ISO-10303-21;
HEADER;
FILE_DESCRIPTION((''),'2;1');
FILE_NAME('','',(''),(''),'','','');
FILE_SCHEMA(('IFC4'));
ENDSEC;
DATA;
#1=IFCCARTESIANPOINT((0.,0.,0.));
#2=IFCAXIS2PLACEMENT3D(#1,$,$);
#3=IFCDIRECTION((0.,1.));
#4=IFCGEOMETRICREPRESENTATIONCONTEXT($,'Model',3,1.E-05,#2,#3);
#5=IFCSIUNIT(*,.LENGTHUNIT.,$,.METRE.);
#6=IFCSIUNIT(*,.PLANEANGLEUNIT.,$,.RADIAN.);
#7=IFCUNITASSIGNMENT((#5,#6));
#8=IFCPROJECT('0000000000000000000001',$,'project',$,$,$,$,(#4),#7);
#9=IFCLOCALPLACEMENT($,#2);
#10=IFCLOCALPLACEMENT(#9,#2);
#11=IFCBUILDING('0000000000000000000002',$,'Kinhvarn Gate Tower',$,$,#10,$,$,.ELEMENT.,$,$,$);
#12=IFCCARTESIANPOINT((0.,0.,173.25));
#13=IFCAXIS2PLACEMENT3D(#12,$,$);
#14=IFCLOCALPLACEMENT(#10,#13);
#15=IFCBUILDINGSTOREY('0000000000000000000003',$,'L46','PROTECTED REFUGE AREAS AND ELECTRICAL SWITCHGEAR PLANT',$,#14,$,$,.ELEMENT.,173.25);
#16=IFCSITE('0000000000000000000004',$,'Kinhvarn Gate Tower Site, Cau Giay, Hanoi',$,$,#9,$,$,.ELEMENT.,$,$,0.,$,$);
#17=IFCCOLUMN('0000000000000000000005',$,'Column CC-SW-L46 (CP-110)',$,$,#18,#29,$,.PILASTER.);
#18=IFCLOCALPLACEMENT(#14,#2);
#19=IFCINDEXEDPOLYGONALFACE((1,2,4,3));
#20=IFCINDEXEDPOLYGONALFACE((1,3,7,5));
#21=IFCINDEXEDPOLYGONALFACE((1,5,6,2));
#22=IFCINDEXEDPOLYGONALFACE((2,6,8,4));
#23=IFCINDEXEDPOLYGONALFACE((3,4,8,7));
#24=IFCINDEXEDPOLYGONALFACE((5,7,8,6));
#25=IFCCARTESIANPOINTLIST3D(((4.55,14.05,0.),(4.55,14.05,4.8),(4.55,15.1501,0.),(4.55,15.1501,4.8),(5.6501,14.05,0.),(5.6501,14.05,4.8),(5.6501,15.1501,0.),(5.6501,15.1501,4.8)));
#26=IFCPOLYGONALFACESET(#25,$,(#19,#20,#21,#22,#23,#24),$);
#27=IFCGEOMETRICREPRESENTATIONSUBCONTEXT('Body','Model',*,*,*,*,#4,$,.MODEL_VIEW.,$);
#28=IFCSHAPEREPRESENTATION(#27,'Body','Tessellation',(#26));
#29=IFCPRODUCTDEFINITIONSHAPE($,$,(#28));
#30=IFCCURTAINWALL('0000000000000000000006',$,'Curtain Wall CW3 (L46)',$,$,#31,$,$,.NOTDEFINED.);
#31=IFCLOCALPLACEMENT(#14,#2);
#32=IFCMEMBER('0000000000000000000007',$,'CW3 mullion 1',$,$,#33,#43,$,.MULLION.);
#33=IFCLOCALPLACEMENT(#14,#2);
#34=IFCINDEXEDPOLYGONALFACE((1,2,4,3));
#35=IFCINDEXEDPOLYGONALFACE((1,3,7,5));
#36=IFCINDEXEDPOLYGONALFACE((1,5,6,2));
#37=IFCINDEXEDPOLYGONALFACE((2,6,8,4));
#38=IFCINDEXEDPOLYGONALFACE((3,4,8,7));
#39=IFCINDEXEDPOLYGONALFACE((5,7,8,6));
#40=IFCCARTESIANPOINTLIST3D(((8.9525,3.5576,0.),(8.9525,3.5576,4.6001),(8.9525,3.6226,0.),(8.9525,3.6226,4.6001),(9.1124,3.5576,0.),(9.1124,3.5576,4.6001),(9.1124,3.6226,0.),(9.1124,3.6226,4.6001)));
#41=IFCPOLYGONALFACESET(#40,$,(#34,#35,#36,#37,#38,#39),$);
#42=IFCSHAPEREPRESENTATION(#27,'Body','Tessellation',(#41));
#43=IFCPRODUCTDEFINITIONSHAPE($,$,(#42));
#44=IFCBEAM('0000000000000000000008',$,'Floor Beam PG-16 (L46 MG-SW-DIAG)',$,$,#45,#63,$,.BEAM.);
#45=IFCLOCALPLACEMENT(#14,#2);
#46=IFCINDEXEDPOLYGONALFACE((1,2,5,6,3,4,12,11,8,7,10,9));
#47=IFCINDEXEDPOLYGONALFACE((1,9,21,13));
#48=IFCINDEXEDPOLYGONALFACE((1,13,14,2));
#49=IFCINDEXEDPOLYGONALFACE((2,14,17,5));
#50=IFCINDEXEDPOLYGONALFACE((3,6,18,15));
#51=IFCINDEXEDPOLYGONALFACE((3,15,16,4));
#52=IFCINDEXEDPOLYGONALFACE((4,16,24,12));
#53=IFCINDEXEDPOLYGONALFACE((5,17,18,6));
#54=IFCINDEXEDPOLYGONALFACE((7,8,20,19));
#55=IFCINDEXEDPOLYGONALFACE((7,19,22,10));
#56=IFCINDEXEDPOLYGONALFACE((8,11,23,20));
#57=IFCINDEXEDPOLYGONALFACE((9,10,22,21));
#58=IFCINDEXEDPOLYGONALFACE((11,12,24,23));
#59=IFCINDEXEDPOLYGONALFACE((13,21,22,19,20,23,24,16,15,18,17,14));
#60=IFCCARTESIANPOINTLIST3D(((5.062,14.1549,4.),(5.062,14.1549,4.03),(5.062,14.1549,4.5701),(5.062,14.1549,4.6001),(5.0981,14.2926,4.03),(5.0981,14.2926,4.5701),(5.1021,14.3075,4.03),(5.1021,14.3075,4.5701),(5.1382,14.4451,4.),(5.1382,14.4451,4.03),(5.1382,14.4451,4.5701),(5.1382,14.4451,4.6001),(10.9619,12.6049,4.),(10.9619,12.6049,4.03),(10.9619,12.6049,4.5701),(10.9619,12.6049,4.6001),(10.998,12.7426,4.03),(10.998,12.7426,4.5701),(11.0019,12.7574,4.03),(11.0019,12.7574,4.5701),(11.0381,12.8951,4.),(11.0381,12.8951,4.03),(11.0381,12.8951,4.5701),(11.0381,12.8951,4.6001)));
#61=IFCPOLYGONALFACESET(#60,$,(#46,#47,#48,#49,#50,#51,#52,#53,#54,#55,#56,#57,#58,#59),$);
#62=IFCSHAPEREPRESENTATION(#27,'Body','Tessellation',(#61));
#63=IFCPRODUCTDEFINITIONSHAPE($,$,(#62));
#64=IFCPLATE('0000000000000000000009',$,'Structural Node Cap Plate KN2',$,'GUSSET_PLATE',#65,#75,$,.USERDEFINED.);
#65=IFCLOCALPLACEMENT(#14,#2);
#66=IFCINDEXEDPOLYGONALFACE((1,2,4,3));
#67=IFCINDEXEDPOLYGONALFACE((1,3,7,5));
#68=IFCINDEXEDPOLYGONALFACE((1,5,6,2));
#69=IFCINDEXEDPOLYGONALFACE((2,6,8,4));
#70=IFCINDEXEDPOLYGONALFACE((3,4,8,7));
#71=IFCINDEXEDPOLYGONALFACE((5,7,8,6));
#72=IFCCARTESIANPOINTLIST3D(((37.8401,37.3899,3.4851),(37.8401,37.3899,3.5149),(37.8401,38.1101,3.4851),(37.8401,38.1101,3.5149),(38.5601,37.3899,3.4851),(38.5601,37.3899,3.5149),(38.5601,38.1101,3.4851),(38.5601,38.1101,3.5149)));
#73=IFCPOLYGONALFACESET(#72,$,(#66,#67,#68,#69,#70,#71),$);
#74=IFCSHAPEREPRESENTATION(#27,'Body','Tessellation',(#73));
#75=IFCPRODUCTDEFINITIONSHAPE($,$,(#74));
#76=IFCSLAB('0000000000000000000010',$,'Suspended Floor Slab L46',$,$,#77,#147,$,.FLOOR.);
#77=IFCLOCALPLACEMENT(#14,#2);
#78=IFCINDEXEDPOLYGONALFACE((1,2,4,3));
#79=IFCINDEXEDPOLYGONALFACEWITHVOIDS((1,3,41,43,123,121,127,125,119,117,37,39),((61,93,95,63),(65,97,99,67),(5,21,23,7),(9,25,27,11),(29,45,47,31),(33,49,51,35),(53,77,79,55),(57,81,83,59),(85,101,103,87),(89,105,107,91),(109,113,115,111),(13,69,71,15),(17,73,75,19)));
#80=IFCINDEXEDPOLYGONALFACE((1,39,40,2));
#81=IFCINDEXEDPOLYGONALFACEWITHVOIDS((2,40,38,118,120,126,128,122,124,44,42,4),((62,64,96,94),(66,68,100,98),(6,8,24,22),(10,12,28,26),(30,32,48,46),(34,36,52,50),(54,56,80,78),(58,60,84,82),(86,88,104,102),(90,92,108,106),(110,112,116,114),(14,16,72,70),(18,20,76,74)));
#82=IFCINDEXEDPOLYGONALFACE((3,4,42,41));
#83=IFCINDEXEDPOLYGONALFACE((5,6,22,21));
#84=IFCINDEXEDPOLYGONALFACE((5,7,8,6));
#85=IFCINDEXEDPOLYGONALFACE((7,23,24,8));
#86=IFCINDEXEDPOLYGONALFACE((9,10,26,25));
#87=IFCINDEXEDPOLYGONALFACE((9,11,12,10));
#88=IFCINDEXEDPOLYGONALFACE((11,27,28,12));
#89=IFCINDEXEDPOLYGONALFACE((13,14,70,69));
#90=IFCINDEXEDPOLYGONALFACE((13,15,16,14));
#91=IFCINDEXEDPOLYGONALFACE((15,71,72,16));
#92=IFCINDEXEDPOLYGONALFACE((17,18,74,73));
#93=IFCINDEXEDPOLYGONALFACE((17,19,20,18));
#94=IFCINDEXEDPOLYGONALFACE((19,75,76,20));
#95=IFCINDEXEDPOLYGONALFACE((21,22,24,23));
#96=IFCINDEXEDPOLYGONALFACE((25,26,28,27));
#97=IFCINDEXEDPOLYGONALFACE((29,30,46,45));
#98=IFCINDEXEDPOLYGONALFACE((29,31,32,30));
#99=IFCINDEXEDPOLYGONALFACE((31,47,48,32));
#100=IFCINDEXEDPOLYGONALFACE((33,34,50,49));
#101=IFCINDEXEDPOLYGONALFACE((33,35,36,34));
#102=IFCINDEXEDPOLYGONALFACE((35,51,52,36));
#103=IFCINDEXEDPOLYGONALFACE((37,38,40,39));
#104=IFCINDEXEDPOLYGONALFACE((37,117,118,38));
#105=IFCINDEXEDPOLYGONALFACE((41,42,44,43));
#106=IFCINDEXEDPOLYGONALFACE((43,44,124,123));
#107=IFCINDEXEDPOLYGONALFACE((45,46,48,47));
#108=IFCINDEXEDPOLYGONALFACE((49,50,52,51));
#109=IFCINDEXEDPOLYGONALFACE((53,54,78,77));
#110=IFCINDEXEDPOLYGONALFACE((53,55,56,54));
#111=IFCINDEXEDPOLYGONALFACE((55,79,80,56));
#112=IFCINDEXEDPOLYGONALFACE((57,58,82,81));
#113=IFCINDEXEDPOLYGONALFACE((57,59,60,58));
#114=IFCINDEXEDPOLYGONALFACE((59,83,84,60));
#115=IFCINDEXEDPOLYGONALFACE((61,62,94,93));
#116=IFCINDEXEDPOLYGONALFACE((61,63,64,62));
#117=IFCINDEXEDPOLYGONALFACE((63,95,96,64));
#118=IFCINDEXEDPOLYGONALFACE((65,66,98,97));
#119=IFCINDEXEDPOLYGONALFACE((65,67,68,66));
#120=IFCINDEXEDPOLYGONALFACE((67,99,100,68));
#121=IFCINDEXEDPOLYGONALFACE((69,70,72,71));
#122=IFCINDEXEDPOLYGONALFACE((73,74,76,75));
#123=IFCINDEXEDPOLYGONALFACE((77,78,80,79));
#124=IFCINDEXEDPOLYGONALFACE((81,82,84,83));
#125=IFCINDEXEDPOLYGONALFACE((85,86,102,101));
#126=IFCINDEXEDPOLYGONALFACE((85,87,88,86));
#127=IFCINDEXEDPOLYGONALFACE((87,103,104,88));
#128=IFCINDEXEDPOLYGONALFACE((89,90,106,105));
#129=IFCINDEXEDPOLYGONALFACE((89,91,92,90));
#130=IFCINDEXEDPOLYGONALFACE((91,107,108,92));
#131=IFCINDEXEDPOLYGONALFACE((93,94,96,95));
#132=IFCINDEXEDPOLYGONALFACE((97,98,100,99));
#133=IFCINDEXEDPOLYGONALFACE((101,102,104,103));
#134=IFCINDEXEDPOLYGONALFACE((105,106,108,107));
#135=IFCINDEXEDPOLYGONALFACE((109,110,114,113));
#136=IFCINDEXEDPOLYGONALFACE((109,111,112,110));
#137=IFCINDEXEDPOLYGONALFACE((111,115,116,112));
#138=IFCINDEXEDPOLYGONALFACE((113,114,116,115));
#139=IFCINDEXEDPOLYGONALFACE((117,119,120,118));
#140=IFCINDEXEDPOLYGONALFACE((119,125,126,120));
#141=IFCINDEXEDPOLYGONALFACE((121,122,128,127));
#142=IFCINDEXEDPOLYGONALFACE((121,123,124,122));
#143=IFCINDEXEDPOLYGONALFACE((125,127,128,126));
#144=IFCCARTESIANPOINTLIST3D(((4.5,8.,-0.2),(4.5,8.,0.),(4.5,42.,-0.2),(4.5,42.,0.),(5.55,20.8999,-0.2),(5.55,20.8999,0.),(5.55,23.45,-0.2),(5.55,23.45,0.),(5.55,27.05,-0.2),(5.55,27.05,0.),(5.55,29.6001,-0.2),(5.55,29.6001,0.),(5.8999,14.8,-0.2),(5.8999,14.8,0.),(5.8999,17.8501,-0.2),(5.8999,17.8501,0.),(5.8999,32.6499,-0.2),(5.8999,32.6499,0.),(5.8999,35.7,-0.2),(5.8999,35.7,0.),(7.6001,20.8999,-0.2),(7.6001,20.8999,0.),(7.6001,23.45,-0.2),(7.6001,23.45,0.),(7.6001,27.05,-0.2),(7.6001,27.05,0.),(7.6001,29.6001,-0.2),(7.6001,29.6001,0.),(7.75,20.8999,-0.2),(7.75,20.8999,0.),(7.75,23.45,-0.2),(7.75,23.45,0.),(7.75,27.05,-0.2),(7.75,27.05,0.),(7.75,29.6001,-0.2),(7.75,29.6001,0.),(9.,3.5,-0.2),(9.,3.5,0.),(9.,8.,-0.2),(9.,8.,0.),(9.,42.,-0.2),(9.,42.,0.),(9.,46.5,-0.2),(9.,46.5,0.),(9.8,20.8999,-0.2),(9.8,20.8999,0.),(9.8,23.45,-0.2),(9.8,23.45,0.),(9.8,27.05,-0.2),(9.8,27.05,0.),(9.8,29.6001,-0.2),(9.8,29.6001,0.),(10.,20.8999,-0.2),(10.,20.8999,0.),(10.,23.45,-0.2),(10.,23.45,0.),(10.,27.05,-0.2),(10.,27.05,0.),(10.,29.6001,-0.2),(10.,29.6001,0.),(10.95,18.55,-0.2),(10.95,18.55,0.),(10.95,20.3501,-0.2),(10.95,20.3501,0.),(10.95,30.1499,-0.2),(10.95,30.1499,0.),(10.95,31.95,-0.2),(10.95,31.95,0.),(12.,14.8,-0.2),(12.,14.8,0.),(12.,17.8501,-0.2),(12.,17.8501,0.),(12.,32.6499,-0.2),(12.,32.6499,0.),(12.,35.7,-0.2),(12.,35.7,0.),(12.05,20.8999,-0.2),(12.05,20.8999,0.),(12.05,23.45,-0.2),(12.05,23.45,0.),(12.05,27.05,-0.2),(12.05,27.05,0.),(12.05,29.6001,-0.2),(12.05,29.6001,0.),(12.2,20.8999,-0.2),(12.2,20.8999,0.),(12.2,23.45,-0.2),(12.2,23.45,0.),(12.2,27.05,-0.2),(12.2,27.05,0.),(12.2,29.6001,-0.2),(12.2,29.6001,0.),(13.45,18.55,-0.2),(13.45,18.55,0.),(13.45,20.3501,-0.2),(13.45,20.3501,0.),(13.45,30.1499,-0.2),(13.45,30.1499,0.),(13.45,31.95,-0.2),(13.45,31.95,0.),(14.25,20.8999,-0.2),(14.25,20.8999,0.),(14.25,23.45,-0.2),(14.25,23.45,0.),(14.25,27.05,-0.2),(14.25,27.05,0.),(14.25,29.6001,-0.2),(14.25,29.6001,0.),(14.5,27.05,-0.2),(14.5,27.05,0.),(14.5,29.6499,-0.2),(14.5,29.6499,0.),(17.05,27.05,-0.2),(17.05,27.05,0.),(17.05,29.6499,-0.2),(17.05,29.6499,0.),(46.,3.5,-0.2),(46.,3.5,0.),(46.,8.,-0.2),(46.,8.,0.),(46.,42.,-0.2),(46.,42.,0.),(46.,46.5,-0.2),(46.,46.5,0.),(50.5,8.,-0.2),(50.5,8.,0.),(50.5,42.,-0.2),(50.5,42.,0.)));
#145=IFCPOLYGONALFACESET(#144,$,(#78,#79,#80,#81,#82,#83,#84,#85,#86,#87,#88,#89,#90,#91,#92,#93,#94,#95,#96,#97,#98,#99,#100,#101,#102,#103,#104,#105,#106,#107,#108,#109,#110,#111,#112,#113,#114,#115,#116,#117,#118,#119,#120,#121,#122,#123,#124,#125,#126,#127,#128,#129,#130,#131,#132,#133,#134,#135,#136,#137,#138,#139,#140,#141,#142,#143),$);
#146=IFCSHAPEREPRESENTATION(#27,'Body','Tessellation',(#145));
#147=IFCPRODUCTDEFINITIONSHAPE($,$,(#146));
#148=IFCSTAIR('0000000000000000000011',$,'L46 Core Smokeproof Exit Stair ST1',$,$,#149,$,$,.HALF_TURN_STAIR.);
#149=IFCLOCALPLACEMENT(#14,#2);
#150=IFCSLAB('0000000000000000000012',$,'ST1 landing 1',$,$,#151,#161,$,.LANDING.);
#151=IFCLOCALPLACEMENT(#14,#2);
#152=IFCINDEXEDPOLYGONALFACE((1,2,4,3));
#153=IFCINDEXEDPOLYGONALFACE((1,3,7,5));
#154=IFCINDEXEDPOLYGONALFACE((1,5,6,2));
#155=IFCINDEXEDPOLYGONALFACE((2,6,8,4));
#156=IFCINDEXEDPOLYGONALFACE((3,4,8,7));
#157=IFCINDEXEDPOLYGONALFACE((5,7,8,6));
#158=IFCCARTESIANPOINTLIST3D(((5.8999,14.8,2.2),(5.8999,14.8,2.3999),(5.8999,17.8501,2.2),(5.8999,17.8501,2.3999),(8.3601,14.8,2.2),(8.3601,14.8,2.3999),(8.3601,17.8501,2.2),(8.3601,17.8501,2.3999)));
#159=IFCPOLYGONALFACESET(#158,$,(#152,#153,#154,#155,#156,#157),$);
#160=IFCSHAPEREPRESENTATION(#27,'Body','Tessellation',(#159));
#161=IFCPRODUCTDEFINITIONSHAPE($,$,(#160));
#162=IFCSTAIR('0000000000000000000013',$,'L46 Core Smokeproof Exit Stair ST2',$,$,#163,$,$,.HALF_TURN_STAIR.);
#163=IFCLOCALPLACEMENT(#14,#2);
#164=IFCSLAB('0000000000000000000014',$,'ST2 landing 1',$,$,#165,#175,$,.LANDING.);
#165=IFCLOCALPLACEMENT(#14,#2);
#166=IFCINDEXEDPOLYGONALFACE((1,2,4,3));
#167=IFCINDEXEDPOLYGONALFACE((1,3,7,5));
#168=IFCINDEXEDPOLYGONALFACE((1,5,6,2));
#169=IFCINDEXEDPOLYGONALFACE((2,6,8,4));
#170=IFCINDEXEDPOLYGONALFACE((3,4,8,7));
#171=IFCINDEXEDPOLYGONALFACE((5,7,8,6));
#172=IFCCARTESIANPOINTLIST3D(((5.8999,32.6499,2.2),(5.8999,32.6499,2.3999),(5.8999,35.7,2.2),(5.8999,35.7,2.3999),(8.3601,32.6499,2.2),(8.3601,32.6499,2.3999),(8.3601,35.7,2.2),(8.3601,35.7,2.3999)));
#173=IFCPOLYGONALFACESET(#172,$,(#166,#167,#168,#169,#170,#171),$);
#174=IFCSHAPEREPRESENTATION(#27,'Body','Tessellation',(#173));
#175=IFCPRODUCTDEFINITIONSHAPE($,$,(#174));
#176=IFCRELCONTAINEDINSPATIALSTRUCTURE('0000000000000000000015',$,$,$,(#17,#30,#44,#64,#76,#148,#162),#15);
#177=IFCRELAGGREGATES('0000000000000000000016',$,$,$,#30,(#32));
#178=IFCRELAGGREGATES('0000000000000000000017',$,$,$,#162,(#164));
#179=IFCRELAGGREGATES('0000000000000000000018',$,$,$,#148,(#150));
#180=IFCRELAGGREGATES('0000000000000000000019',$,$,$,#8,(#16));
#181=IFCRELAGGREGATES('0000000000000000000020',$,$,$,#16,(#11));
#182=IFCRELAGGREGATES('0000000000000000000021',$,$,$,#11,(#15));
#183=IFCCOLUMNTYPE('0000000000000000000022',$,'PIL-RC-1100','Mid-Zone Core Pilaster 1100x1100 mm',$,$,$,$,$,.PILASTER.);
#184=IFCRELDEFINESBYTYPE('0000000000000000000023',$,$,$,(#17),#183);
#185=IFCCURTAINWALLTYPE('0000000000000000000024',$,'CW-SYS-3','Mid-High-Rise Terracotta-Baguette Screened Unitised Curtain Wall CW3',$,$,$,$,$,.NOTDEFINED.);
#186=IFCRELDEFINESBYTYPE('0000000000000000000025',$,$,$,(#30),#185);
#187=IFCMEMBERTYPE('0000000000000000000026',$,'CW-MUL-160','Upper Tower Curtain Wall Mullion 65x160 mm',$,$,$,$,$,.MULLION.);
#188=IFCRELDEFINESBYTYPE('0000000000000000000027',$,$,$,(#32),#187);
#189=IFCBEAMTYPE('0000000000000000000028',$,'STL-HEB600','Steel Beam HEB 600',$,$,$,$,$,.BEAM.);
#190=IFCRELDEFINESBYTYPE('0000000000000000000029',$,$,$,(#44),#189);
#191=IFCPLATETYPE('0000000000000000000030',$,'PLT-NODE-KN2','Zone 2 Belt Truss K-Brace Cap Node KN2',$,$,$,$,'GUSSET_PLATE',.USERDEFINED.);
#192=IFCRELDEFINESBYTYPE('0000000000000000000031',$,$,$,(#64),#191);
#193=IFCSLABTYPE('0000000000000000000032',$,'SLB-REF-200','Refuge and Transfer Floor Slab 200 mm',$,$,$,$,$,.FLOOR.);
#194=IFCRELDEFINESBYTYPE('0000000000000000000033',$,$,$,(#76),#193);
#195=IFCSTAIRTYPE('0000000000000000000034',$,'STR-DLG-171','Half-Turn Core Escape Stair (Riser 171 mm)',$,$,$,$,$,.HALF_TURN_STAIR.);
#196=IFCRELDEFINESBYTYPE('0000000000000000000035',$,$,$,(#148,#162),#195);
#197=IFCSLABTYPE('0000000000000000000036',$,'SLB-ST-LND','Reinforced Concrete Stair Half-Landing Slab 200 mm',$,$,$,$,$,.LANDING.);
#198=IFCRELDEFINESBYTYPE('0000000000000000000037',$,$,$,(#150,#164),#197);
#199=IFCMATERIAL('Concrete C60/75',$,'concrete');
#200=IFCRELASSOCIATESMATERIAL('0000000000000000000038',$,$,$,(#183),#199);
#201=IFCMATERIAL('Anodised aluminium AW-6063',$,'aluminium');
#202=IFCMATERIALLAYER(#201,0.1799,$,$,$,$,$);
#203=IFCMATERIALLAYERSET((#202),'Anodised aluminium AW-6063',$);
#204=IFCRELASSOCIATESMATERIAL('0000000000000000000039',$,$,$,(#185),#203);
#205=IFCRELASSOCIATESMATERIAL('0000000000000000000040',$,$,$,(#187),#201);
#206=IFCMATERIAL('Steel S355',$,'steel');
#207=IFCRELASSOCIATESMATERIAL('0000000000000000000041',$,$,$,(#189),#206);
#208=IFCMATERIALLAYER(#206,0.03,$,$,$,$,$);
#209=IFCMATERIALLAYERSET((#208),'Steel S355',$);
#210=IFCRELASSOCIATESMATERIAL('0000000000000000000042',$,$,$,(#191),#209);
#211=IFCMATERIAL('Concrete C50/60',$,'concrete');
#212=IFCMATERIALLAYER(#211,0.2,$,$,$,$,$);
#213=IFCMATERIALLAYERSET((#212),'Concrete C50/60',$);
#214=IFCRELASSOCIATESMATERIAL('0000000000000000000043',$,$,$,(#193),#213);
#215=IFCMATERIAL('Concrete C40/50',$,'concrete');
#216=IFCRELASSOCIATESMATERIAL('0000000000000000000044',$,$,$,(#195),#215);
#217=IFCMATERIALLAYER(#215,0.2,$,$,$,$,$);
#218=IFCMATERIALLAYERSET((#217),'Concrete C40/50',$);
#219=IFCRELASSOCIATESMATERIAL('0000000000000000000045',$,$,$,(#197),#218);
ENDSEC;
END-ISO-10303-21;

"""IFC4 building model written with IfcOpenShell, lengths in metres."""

from ifc_helpers import new_model, si_unit, direction, frame, origin, origin_2d, place, context, subcontext, project, spatial, polyline, rectangle, i_section, outline, extrude, material, layer, layer_set, material_profile, profile_set, type_object, element, aggregate, save


model = new_model("IFC4")

# Units and contexts
model_context = context("Model", 3, precision=1e-05, world=origin(), true_north=direction((0.0, 1.0)))
body_context = subcontext(model_context, "Body", "Model", "MODEL_VIEW")
ifc_project = project(units=[si_unit("LENGTHUNIT", "METRE"), si_unit("PLANEANGLEUNIT", "RADIAN")], contexts=[model_context])

# Site, building, storey
site_placement = place(None, origin())
site = spatial("IfcSite", under=ifc_project, at=site_placement, Name="Kinhvarn Gate Tower Site, Cau Giay, Hanoi", CompositionType="ELEMENT", RefElevation=0.0)
building_placement = place(site_placement, origin())
building = spatial("IfcBuilding", under=site, at=building_placement, Name="Kinhvarn Gate Tower", CompositionType="ELEMENT")
storey_placement = place(building_placement, frame((0.0, 0.0, 173.25)))
storey = spatial("IfcBuildingStorey", under=building, at=storey_placement, Name="L46", Description="PROTECTED REFUGE AREAS AND ELECTRICAL SWITCHGEAR PLANT", CompositionType="ELEMENT", Elevation=173.25)

# Column
ifc_material_1 = material(Name="Concrete C60/75", Category="concrete")
ifc_material_profile_1 = material_profile(ifc_material_1, rectangle(XDim=1.1001, YDim=1.1001, at=origin_2d()), Name="RC 1100x1100")
ifc_profile_set_1 = profile_set([ifc_material_profile_1], Name="Concrete C60/75")
column_type = type_object("IfcColumnType", Name="PIL-RC-1100", Description="Mid-Zone Core Pilaster 1100x1100 mm", PredefinedType="PILASTER", material=ifc_profile_set_1)
column_placement = place(storey_placement, frame((5.1001, 14.6001, 0.0), z_axis=(0.0, 0.0, 1.0), x_axis=(1.0, 0.0, 0.0)))
element("IfcColumn", 1, at=column_placement, inside=storey, type_object=column_type, Name="Column CC-SW-L46 (CP-110)", PredefinedType="PILASTER", context=body_context, shape_type="SweptSolid", body=[
    extrude(rectangle(XDim=1.1001, YDim=1.1001, at=origin_2d()), origin(), (0.0, 0.0, 1.0), 4.8),
])

# Curtain wall, member
ifc_material_2 = material(Name="Anodised aluminium AW-6063", Category="aluminium")
ifc_layer_1 = layer(ifc_material_2, 0.1799)
ifc_layer_set_1 = layer_set([ifc_layer_1], Name="Anodised aluminium AW-6063")
curtain_wall_type = type_object("IfcCurtainWallType", Name="CW-SYS-3", Description="Mid-High-Rise Terracotta-Baguette Screened Unitised Curtain Wall CW3", PredefinedType="NOTDEFINED", material=ifc_layer_set_1)
curtain_wall_placement = place(storey_placement, origin())
curtain_wall = element("IfcCurtainWall", 2, at=curtain_wall_placement, inside=storey, type_object=curtain_wall_type, Name="Curtain Wall CW3 (L46)", PredefinedType="NOTDEFINED")
ifc_material_profile_2 = material_profile(ifc_material_2, rectangle(XDim=0.0649, YDim=0.1599, at=origin_2d()), Name="ALU 65x160")
ifc_profile_set_2 = profile_set([ifc_material_profile_2], Name="Anodised aluminium AW-6063")
member_type = type_object("IfcMemberType", Name="CW-MUL-160", Description="Upper Tower Curtain Wall Mullion 65x160 mm", PredefinedType="MULLION", material=ifc_profile_set_2)
member_placement = place(storey_placement, frame((9.0325, 3.5901, 0.0), z_axis=(0.0, 0.0, 1.0), x_axis=(0.0, 1.0, 0.0)))
member = element("IfcMember", 3, at=member_placement, type_object=member_type, Name="CW3 mullion 1", PredefinedType="MULLION", context=body_context, shape_type="SweptSolid", body=[
    extrude(rectangle(XDim=0.0649, YDim=0.1599, at=origin_2d()), origin(), (0.0, 0.0, 1.0), 4.6001),
])
aggregate(curtain_wall, [member])

# Beam
ifc_material_3 = material(Name="Steel S355", Category="steel")
ifc_material_profile_3 = material_profile(ifc_material_3, i_section(OverallWidth=0.3, OverallDepth=0.6001, WebThickness=0.0154, FlangeThickness=0.03, at=origin_2d()), Name="HEB 600")
ifc_profile_set_3 = profile_set([ifc_material_profile_3], Name="Steel S355")
beam_type = type_object("IfcBeamType", Name="STL-HEB600", Description="Steel Beam HEB 600", PredefinedType="BEAM", material=ifc_profile_set_3)
beam_placement = place(storey_placement, frame((5.1001, 14.3, 4.3), z_axis=(0.967178, -0.254101, 0.0), x_axis=(0.254101, 0.967178, 0.0)))
element("IfcBeam", 4, at=beam_placement, inside=storey, type_object=beam_type, Name="Floor Beam PG-16 (L46 MG-SW-DIAG)", PredefinedType="BEAM", context=body_context, shape_type="SweptSolid", body=[
    extrude(i_section(OverallWidth=0.3, OverallDepth=0.6001, WebThickness=0.0154, FlangeThickness=0.03, at=origin_2d()), origin(), (0.0, 0.0, 1.0), 6.1001),
])

# Plate
ifc_layer_2 = layer(ifc_material_3, 0.03)
ifc_layer_set_2 = layer_set([ifc_layer_2], Name="Steel S355")
plate_type = type_object("IfcPlateType", Name="PLT-NODE-KN2", Description="Zone 2 Belt Truss K-Brace Cap Node KN2", ElementType="GUSSET_PLATE", PredefinedType="USERDEFINED", material=ifc_layer_set_2)
plate_placement = place(storey_placement, frame((0.0, 0.0, 3.4851)))
element("IfcPlate", 5, at=plate_placement, inside=storey, type_object=plate_type, Name="Structural Node Cap Plate KN2", ObjectType="GUSSET_PLATE", PredefinedType="USERDEFINED", context=body_context, shape_type="SweptSolid", body=[
    extrude(outline(polyline([(37.8401, 37.3899), (38.5601, 37.3899), (38.5601, 38.1101), (37.8401, 38.1101), (37.8401, 37.3899)])), origin(), (0.0, 0.0, 1.0), 0.0298),
])

# Slab
ifc_material_4 = material(Name="Concrete C50/60", Category="concrete")
ifc_layer_3 = layer(ifc_material_4, 0.2)
ifc_layer_set_3 = layer_set([ifc_layer_3], Name="Concrete C50/60")
slab_type_1 = type_object("IfcSlabType", Name="SLB-REF-200", Description="Refuge and Transfer Floor Slab 200 mm", PredefinedType="FLOOR", material=ifc_layer_set_3)
slab_1_placement = place(storey_placement, frame((0.0, 0.0, -0.2)))
element("IfcSlab", 6, at=slab_1_placement, inside=storey, type_object=slab_type_1, Name="Suspended Floor Slab L46", PredefinedType="FLOOR", context=body_context, shape_type="SweptSolid", body=[
    extrude(outline(polyline([(9.0, 3.5), (46.0, 3.5), (46.0, 8.0), (50.5, 8.0), (50.5, 42.0), (46.0, 42.0), (46.0, 46.5), (9.0, 46.5), (9.0, 42.0), (4.5, 42.0), (4.5, 8.0), (9.0, 8.0), (9.0, 3.5)]), holes=[polyline([(5.8999, 14.8), (12.0, 14.8), (12.0, 17.8501), (5.8999, 17.8501), (5.8999, 14.8)]), polyline([(5.8999, 32.6499), (12.0, 32.6499), (12.0, 35.7), (5.8999, 35.7), (5.8999, 32.6499)]), polyline([(5.55, 20.8999), (7.6001, 20.8999), (7.6001, 23.45), (5.55, 23.45), (5.55, 20.8999)]), polyline([(7.75, 20.8999), (9.8, 20.8999), (9.8, 23.45), (7.75, 23.45), (7.75, 20.8999)]), polyline([(5.55, 27.05), (7.6001, 27.05), (7.6001, 29.6001), (5.55, 29.6001), (5.55, 27.05)]), polyline([(7.75, 27.05), (9.8, 27.05), (9.8, 29.6001), (7.75, 29.6001), (7.75, 27.05)]), polyline([(10.0, 20.8999), (12.05, 20.8999), (12.05, 23.45), (10.0, 23.45), (10.0, 20.8999)]), polyline([(12.2, 20.8999), (14.25, 20.8999), (14.25, 23.45), (12.2, 23.45), (12.2, 20.8999)]), polyline([(10.0, 27.05), (12.05, 27.05), (12.05, 29.6001), (10.0, 29.6001), (10.0, 27.05)]), polyline([(12.2, 27.05), (14.25, 27.05), (14.25, 29.6001), (12.2, 29.6001), (12.2, 27.05)]), polyline([(14.5, 27.05), (17.05, 27.05), (17.05, 29.6499), (14.5, 29.6499), (14.5, 27.05)]), polyline([(10.95, 18.55), (13.45, 18.55), (13.45, 20.3501), (10.95, 20.3501), (10.95, 18.55)]), polyline([(10.95, 30.1499), (13.45, 30.1499), (13.45, 31.95), (10.95, 31.95), (10.95, 30.1499)])]), origin(), (0.0, 0.0, 1.0), 0.2),
])

# Stairs, slabs
ifc_material_5 = material(Name="Concrete C40/50", Category="concrete")
stair_type = type_object("IfcStairType", Name="STR-DLG-171", Description="Half-Turn Core Escape Stair (Riser 171 mm)", PredefinedType="HALF_TURN_STAIR", material=ifc_material_5)
stair_1_placement = place(storey_placement, origin())
stair_1 = element("IfcStair", 7, at=stair_1_placement, inside=storey, type_object=stair_type, Name="L46 Core Smokeproof Exit Stair ST1", PredefinedType="HALF_TURN_STAIR")
ifc_layer_4 = layer(ifc_material_5, 0.2)
ifc_layer_set_4 = layer_set([ifc_layer_4], Name="Concrete C40/50")
slab_type_2 = type_object("IfcSlabType", Name="SLB-ST-LND", Description="Reinforced Concrete Stair Half-Landing Slab 200 mm", PredefinedType="LANDING", material=ifc_layer_set_4)
slab_2_placement = place(storey_placement, frame((0.0, 0.0, 2.2)))
slab_2 = element("IfcSlab", 8, at=slab_2_placement, type_object=slab_type_2, Name="ST1 landing 1", PredefinedType="LANDING", context=body_context, shape_type="SweptSolid", body=[
    extrude(outline(polyline([(8.3601, 17.8501), (5.8999, 17.8501), (5.8999, 14.8), (8.3601, 14.8), (8.3601, 17.8501)])), origin(), (0.0, 0.0, 1.0), 0.2),
])
stair_2_placement = place(storey_placement, origin())
stair_2 = element("IfcStair", 9, at=stair_2_placement, inside=storey, type_object=stair_type, Name="L46 Core Smokeproof Exit Stair ST2", PredefinedType="HALF_TURN_STAIR")
slab_3_placement = place(storey_placement, frame((0.0, 0.0, 2.2)))
slab_3 = element("IfcSlab", 10, at=slab_3_placement, type_object=slab_type_2, Name="ST2 landing 1", PredefinedType="LANDING", context=body_context, shape_type="SweptSolid", body=[
    extrude(outline(polyline([(8.3601, 35.7), (5.8999, 35.7), (5.8999, 32.6499), (8.3601, 32.6499), (8.3601, 35.7)])), origin(), (0.0, 0.0, 1.0), 0.2),
])
aggregate(stair_2, [slab_3])

aggregate(stair_1, [slab_2])

save(model, "model.ifc")
